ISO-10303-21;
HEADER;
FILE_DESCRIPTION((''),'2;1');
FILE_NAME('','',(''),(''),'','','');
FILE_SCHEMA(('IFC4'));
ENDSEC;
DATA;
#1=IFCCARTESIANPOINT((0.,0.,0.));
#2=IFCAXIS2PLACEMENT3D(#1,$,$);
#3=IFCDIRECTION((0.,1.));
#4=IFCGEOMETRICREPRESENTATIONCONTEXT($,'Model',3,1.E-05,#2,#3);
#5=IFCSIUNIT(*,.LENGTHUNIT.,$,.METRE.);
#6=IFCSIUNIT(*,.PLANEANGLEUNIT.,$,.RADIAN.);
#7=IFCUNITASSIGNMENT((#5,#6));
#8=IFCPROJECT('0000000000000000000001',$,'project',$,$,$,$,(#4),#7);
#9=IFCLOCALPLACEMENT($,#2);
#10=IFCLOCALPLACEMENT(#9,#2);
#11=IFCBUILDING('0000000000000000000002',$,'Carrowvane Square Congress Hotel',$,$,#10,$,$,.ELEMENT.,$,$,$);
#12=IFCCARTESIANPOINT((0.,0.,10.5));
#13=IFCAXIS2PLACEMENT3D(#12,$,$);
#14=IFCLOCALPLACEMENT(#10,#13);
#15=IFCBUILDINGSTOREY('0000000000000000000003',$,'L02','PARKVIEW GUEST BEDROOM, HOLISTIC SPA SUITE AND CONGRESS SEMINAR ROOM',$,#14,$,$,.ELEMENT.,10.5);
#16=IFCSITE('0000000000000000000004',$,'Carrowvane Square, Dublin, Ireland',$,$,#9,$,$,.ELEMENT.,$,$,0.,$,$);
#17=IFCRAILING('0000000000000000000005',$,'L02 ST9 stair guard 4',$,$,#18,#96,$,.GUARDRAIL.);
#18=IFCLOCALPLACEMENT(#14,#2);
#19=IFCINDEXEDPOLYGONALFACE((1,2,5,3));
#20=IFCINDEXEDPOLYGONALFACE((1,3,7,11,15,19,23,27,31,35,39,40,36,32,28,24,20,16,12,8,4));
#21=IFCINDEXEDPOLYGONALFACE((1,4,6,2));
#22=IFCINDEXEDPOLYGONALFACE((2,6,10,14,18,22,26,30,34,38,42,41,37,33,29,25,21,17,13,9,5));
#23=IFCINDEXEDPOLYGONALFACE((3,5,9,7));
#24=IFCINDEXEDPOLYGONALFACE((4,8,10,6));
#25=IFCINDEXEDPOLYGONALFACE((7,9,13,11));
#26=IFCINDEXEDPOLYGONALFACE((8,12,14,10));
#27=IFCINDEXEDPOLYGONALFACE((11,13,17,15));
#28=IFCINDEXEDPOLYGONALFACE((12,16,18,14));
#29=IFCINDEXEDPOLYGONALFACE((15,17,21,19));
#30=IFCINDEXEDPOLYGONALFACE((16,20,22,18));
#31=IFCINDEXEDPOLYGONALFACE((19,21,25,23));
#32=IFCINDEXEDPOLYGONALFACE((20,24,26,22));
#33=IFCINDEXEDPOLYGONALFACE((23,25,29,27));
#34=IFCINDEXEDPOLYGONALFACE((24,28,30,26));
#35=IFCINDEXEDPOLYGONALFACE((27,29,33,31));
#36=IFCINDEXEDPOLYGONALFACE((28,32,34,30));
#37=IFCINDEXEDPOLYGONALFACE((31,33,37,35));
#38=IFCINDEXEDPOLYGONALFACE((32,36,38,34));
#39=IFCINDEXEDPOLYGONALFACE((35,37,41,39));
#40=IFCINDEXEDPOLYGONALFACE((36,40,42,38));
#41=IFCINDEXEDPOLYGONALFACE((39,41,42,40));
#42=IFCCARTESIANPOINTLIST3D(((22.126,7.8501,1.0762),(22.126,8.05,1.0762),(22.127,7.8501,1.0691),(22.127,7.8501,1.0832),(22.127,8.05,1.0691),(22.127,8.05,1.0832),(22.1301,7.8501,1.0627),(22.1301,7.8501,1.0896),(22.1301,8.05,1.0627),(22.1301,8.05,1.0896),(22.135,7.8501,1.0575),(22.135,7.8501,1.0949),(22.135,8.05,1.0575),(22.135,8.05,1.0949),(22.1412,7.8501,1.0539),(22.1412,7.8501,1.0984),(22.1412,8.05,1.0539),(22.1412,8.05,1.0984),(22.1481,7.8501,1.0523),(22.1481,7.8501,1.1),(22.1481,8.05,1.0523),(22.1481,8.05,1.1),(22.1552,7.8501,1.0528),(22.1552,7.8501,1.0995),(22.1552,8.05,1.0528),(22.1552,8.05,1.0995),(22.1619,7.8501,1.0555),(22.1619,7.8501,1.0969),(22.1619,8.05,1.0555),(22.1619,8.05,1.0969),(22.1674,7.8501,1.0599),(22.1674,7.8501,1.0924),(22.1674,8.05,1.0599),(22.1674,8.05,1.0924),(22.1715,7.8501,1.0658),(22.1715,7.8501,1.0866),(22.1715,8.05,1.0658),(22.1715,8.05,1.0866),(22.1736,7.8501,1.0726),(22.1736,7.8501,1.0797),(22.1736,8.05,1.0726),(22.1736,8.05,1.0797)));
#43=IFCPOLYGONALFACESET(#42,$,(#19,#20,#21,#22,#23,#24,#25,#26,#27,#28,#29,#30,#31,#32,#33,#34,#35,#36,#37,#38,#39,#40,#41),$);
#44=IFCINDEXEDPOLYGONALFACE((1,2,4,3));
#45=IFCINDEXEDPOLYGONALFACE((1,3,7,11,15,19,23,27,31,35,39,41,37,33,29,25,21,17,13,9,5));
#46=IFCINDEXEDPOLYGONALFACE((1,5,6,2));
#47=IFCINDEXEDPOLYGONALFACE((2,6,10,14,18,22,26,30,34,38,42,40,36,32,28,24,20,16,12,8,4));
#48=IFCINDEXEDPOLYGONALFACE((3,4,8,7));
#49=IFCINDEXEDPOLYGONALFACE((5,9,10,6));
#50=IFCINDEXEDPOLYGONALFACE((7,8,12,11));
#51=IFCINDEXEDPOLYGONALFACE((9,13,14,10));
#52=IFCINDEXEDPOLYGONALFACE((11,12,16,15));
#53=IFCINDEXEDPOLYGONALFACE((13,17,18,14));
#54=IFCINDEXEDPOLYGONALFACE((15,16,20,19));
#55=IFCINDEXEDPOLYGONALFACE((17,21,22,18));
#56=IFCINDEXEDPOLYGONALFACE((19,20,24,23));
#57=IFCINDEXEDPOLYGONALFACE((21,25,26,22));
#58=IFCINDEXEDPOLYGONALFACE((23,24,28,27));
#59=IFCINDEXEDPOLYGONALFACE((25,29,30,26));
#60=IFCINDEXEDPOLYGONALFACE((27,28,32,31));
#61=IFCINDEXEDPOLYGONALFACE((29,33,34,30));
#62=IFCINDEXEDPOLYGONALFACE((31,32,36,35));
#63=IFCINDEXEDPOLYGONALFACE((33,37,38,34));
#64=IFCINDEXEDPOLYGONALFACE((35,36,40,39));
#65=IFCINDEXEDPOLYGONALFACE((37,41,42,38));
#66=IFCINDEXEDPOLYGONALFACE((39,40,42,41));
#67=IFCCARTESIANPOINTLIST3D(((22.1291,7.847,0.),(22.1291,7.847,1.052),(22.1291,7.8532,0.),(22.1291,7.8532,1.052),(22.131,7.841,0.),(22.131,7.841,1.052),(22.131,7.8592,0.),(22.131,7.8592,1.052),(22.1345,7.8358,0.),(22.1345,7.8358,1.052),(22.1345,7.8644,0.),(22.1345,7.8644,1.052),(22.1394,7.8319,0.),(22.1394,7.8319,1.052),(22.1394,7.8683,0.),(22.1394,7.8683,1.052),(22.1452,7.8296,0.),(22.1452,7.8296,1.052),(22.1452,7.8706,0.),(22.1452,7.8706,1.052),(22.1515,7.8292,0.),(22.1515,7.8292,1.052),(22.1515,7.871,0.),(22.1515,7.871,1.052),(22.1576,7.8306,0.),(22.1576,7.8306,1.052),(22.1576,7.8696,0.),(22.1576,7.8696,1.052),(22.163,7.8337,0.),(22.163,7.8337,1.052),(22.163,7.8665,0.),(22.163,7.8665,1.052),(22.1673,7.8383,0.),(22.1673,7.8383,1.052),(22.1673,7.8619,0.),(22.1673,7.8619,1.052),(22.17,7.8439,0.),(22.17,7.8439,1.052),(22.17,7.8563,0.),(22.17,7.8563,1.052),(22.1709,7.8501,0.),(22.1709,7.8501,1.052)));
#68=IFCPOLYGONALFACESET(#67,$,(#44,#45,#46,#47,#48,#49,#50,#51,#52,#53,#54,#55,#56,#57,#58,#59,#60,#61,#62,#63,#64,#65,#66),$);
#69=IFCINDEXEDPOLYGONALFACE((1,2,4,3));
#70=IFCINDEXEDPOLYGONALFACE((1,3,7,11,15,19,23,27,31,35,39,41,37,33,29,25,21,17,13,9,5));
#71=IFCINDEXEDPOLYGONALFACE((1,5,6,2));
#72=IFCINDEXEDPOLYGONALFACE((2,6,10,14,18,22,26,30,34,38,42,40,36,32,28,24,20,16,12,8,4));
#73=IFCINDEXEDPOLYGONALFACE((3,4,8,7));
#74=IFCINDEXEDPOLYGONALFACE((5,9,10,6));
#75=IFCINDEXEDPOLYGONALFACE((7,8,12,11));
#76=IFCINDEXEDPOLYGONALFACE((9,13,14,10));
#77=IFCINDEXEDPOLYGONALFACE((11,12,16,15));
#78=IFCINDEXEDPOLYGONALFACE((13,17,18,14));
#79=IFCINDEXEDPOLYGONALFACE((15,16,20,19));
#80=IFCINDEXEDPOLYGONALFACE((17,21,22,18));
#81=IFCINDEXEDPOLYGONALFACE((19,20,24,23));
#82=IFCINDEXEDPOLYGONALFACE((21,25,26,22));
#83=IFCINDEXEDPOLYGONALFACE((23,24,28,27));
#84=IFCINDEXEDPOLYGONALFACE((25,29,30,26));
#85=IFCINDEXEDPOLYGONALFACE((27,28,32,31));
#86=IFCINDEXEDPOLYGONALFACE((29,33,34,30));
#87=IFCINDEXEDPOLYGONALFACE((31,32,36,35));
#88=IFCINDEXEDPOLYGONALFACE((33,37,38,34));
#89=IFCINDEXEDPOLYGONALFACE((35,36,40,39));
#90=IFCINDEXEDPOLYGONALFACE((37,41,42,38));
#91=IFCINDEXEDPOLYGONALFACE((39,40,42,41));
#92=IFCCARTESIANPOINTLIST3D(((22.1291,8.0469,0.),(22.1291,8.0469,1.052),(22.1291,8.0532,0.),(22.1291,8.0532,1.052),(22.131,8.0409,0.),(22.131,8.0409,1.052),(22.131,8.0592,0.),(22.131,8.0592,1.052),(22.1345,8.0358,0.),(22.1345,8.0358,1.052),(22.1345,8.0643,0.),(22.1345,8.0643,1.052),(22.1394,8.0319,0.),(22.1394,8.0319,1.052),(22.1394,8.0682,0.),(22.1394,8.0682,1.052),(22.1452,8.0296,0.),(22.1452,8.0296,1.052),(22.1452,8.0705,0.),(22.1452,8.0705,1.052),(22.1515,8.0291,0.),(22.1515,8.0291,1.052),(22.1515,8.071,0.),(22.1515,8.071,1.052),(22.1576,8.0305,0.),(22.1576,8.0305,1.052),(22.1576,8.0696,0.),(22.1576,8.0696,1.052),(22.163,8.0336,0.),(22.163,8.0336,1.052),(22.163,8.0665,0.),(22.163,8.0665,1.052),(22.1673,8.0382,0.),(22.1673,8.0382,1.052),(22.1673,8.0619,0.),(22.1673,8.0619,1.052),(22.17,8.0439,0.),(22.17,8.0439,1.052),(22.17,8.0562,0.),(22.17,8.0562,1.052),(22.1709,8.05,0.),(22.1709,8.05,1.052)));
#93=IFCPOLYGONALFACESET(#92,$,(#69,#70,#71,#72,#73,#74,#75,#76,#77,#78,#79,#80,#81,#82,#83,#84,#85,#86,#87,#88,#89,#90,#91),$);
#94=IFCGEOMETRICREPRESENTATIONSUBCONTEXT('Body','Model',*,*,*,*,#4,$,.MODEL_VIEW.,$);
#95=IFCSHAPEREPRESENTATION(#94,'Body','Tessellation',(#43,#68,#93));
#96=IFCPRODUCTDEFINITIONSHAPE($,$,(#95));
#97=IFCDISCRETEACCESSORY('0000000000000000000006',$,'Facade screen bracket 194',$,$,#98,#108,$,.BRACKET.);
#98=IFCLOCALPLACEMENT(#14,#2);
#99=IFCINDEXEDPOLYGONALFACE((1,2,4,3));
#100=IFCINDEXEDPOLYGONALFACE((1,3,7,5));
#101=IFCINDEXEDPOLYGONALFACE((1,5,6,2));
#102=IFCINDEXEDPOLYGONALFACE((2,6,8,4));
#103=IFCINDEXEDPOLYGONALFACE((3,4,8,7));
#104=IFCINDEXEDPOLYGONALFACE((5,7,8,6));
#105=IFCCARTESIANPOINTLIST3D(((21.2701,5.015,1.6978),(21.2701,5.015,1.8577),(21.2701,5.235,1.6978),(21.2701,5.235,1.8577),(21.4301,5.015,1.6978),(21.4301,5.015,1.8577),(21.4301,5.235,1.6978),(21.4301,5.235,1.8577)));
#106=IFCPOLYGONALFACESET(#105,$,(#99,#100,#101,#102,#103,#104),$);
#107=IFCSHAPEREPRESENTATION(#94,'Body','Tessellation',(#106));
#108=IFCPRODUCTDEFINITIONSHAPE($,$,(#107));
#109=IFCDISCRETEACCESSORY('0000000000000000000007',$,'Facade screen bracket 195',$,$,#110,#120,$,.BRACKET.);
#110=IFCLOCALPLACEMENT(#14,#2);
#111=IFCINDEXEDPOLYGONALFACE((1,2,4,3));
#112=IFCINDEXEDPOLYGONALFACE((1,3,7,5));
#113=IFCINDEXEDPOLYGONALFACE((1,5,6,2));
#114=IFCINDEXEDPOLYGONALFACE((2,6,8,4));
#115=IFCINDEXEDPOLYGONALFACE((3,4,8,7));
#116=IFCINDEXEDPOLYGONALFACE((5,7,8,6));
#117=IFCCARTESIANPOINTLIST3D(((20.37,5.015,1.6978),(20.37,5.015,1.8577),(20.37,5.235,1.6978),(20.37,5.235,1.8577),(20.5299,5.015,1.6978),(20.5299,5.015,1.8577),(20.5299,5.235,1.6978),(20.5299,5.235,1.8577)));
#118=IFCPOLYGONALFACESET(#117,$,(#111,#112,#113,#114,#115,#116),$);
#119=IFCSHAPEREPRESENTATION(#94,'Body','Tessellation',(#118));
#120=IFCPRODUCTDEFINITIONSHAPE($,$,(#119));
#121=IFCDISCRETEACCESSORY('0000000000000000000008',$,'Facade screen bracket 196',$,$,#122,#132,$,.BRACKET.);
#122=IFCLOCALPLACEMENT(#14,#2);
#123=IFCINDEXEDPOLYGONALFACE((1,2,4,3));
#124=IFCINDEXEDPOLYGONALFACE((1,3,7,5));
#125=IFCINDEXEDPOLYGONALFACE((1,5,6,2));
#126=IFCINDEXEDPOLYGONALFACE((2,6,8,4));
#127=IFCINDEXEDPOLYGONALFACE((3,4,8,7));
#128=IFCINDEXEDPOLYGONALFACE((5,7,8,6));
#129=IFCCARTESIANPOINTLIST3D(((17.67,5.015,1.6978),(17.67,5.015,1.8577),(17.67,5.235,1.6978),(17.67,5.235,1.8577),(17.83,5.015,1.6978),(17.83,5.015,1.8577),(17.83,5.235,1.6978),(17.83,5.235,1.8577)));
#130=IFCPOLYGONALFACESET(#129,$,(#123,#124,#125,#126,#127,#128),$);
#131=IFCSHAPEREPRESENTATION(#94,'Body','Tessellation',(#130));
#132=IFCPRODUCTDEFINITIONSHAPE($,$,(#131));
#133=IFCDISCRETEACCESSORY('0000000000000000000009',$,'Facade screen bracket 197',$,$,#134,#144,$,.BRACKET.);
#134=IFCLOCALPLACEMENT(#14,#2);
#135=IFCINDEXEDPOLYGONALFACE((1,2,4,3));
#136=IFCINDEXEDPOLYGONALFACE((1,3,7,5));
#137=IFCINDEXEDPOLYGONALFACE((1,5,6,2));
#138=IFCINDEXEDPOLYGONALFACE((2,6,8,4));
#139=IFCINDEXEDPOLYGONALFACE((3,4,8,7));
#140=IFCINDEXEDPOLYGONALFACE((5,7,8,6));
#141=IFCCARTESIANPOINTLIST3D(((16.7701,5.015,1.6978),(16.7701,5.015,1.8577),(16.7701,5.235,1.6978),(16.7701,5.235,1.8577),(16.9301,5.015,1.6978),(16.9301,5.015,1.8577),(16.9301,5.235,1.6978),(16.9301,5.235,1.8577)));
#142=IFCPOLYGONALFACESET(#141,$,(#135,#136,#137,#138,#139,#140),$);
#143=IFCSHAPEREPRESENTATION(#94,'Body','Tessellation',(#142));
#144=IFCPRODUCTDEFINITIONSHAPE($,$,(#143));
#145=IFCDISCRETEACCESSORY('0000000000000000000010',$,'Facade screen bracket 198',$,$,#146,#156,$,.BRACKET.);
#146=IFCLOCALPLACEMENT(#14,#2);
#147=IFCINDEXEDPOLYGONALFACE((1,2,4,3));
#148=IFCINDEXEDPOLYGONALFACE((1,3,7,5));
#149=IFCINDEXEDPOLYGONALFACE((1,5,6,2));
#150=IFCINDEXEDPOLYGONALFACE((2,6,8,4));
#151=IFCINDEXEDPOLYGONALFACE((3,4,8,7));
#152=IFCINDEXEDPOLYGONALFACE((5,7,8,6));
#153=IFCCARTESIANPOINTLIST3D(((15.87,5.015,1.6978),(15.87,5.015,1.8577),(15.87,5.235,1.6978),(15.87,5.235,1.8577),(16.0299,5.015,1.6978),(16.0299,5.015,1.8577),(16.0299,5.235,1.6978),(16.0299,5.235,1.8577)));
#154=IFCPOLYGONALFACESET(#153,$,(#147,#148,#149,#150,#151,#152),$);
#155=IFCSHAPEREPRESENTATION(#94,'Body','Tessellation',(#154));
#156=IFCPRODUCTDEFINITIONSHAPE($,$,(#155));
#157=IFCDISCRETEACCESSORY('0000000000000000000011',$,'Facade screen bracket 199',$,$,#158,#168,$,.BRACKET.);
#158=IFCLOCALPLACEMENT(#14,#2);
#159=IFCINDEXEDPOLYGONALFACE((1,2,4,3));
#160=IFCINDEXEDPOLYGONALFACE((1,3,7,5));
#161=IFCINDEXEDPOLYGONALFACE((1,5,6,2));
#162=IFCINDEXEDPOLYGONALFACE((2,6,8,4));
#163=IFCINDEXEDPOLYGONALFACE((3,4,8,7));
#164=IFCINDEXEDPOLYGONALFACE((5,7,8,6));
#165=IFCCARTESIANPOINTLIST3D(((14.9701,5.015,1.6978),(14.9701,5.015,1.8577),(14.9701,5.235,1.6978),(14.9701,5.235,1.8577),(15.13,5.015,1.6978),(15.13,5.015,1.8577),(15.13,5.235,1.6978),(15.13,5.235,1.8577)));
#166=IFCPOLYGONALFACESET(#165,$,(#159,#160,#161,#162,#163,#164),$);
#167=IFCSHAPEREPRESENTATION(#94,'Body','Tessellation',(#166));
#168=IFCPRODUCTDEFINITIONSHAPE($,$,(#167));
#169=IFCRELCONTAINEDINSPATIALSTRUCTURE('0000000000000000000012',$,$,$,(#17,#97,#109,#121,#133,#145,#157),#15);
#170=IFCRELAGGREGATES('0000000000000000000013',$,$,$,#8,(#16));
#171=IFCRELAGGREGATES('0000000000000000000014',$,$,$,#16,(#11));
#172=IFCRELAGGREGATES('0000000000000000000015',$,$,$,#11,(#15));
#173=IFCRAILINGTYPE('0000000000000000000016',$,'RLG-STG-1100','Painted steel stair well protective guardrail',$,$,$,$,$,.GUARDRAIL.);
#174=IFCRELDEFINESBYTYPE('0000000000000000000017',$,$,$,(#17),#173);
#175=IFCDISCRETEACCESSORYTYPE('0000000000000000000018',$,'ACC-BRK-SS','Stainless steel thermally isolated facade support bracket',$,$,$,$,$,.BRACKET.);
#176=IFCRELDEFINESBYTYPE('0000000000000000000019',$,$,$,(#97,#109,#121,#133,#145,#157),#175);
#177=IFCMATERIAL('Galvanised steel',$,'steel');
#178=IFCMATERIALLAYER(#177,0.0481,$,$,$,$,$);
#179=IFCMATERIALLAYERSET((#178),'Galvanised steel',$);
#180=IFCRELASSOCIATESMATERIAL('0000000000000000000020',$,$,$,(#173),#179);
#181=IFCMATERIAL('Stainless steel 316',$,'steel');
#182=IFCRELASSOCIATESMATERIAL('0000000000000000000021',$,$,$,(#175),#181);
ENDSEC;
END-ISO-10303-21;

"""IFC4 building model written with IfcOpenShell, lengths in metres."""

from ifc_helpers import new_model, si_unit, direction, frame, origin, origin_2d, place, context, subcontext, project, spatial, rectangle, circle, extrude, material, layer, layer_set, type_object, element, save


model = new_model("IFC4")

# Units and contexts
model_context = context("Model", 3, precision=1e-05, world=origin(), true_north=direction((0.0, 1.0)))
body_context = subcontext(model_context, "Body", "Model", "MODEL_VIEW")
ifc_project = project(units=[si_unit("LENGTHUNIT", "METRE"), si_unit("PLANEANGLEUNIT", "RADIAN")], contexts=[model_context])

# Site, building, storey
site_placement = place(None, origin())
site = spatial("IfcSite", under=ifc_project, at=site_placement, Name="Carrowvane Square, Dublin, Ireland", CompositionType="ELEMENT", RefElevation=0.0)
building_placement = place(site_placement, origin())
building = spatial("IfcBuilding", under=site, at=building_placement, Name="Carrowvane Square Congress Hotel", CompositionType="ELEMENT")
storey_placement = place(building_placement, frame((0.0, 0.0, 10.5)))
storey = spatial("IfcBuildingStorey", under=building, at=storey_placement, Name="L02", Description="PARKVIEW GUEST BEDROOM, HOLISTIC SPA SUITE AND CONGRESS SEMINAR ROOM", CompositionType="ELEMENT", Elevation=10.5)

# Railing
ifc_material_1 = material(Name="Galvanised steel", Category="steel")
ifc_layer_1 = layer(ifc_material_1, 0.0481)
ifc_layer_set_1 = layer_set([ifc_layer_1], Name="Galvanised steel")
railing_type_1 = type_object("IfcRailingType", Name="RLG-STG-1100", Description="Painted steel stair well protective guardrail", PredefinedType="GUARDRAIL", material=ifc_layer_set_1)
railing_1_placement = place(storey_placement, frame((22.1499, 7.8501, 0.0)))
element("IfcRailing", 1, at=railing_1_placement, inside=storey, type_object=railing_type_1, Name="L02 ST9 stair guard 4", PredefinedType="GUARDRAIL", context=body_context, shape_type="SweptSolid", body=[
    extrude(circle(Radius=0.0239, at=origin_2d()), frame((0.0, 0.0, 1.0762), z_axis=(0.0, 1.0, 0.0), x_axis=(-1.0, 0.0, 0.0)), (0.0, 0.0, 1.0), 0.2),
    extrude(circle(Radius=0.021, at=origin_2d()), origin(), (0.0, 0.0, 1.0), 1.052),
    extrude(circle(Radius=0.021, at=origin_2d()), frame((0.0, 0.2, 0.0)), (0.0, 0.0, 1.0), 1.052),
])

# Discrete accessories
ifc_material_2 = material(Name="Stainless steel 316", Category="steel")
discrete_accessory_type = type_object("IfcDiscreteAccessoryType", Name="ACC-BRK-SS", Description="Stainless steel thermally isolated facade support bracket", PredefinedType="BRACKET", material=ifc_material_2)
for number, where, z_axis, x_axis, name in (
    (2, (21.3501, 5.125, 1.6978), (0.0, 0.0, 1.0), (-1.0, 0.0, 0.0), "Facade screen bracket 194"),
    (3, (20.45, 5.125, 1.6978), (0.0, 0.0, 1.0), (-1.0, 0.0, 0.0), "Facade screen bracket 195"),
    (4, (17.75, 5.125, 1.6978), (0.0, 0.0, 1.0), (-1.0, 0.0, 0.0), "Facade screen bracket 196"),
    (5, (16.8501, 5.125, 1.6978), (0.0, 0.0, 1.0), (-1.0, 0.0, 0.0), "Facade screen bracket 197"),
    (6, (15.95, 5.125, 1.6978), (0.0, 0.0, 1.0), (-1.0, 0.0, 0.0), "Facade screen bracket 198"),
    (7, (15.05, 5.125, 1.6978), (0.0, 0.0, 1.0), (-1.0, 0.0, 0.0), "Facade screen bracket 199"),
):
    element("IfcDiscreteAccessory", number, at=place(storey_placement, frame(where, z_axis=z_axis, x_axis=x_axis)), inside=storey, type_object=discrete_accessory_type, Name=name, PredefinedType="BRACKET", context=body_context, shape_type="SweptSolid", body=[
        extrude(rectangle(XDim=0.1599, YDim=0.22, at=origin_2d()), origin(), (0.0, 0.0, 1.0), 0.1599),
    ])

save(model, "model.ifc")
